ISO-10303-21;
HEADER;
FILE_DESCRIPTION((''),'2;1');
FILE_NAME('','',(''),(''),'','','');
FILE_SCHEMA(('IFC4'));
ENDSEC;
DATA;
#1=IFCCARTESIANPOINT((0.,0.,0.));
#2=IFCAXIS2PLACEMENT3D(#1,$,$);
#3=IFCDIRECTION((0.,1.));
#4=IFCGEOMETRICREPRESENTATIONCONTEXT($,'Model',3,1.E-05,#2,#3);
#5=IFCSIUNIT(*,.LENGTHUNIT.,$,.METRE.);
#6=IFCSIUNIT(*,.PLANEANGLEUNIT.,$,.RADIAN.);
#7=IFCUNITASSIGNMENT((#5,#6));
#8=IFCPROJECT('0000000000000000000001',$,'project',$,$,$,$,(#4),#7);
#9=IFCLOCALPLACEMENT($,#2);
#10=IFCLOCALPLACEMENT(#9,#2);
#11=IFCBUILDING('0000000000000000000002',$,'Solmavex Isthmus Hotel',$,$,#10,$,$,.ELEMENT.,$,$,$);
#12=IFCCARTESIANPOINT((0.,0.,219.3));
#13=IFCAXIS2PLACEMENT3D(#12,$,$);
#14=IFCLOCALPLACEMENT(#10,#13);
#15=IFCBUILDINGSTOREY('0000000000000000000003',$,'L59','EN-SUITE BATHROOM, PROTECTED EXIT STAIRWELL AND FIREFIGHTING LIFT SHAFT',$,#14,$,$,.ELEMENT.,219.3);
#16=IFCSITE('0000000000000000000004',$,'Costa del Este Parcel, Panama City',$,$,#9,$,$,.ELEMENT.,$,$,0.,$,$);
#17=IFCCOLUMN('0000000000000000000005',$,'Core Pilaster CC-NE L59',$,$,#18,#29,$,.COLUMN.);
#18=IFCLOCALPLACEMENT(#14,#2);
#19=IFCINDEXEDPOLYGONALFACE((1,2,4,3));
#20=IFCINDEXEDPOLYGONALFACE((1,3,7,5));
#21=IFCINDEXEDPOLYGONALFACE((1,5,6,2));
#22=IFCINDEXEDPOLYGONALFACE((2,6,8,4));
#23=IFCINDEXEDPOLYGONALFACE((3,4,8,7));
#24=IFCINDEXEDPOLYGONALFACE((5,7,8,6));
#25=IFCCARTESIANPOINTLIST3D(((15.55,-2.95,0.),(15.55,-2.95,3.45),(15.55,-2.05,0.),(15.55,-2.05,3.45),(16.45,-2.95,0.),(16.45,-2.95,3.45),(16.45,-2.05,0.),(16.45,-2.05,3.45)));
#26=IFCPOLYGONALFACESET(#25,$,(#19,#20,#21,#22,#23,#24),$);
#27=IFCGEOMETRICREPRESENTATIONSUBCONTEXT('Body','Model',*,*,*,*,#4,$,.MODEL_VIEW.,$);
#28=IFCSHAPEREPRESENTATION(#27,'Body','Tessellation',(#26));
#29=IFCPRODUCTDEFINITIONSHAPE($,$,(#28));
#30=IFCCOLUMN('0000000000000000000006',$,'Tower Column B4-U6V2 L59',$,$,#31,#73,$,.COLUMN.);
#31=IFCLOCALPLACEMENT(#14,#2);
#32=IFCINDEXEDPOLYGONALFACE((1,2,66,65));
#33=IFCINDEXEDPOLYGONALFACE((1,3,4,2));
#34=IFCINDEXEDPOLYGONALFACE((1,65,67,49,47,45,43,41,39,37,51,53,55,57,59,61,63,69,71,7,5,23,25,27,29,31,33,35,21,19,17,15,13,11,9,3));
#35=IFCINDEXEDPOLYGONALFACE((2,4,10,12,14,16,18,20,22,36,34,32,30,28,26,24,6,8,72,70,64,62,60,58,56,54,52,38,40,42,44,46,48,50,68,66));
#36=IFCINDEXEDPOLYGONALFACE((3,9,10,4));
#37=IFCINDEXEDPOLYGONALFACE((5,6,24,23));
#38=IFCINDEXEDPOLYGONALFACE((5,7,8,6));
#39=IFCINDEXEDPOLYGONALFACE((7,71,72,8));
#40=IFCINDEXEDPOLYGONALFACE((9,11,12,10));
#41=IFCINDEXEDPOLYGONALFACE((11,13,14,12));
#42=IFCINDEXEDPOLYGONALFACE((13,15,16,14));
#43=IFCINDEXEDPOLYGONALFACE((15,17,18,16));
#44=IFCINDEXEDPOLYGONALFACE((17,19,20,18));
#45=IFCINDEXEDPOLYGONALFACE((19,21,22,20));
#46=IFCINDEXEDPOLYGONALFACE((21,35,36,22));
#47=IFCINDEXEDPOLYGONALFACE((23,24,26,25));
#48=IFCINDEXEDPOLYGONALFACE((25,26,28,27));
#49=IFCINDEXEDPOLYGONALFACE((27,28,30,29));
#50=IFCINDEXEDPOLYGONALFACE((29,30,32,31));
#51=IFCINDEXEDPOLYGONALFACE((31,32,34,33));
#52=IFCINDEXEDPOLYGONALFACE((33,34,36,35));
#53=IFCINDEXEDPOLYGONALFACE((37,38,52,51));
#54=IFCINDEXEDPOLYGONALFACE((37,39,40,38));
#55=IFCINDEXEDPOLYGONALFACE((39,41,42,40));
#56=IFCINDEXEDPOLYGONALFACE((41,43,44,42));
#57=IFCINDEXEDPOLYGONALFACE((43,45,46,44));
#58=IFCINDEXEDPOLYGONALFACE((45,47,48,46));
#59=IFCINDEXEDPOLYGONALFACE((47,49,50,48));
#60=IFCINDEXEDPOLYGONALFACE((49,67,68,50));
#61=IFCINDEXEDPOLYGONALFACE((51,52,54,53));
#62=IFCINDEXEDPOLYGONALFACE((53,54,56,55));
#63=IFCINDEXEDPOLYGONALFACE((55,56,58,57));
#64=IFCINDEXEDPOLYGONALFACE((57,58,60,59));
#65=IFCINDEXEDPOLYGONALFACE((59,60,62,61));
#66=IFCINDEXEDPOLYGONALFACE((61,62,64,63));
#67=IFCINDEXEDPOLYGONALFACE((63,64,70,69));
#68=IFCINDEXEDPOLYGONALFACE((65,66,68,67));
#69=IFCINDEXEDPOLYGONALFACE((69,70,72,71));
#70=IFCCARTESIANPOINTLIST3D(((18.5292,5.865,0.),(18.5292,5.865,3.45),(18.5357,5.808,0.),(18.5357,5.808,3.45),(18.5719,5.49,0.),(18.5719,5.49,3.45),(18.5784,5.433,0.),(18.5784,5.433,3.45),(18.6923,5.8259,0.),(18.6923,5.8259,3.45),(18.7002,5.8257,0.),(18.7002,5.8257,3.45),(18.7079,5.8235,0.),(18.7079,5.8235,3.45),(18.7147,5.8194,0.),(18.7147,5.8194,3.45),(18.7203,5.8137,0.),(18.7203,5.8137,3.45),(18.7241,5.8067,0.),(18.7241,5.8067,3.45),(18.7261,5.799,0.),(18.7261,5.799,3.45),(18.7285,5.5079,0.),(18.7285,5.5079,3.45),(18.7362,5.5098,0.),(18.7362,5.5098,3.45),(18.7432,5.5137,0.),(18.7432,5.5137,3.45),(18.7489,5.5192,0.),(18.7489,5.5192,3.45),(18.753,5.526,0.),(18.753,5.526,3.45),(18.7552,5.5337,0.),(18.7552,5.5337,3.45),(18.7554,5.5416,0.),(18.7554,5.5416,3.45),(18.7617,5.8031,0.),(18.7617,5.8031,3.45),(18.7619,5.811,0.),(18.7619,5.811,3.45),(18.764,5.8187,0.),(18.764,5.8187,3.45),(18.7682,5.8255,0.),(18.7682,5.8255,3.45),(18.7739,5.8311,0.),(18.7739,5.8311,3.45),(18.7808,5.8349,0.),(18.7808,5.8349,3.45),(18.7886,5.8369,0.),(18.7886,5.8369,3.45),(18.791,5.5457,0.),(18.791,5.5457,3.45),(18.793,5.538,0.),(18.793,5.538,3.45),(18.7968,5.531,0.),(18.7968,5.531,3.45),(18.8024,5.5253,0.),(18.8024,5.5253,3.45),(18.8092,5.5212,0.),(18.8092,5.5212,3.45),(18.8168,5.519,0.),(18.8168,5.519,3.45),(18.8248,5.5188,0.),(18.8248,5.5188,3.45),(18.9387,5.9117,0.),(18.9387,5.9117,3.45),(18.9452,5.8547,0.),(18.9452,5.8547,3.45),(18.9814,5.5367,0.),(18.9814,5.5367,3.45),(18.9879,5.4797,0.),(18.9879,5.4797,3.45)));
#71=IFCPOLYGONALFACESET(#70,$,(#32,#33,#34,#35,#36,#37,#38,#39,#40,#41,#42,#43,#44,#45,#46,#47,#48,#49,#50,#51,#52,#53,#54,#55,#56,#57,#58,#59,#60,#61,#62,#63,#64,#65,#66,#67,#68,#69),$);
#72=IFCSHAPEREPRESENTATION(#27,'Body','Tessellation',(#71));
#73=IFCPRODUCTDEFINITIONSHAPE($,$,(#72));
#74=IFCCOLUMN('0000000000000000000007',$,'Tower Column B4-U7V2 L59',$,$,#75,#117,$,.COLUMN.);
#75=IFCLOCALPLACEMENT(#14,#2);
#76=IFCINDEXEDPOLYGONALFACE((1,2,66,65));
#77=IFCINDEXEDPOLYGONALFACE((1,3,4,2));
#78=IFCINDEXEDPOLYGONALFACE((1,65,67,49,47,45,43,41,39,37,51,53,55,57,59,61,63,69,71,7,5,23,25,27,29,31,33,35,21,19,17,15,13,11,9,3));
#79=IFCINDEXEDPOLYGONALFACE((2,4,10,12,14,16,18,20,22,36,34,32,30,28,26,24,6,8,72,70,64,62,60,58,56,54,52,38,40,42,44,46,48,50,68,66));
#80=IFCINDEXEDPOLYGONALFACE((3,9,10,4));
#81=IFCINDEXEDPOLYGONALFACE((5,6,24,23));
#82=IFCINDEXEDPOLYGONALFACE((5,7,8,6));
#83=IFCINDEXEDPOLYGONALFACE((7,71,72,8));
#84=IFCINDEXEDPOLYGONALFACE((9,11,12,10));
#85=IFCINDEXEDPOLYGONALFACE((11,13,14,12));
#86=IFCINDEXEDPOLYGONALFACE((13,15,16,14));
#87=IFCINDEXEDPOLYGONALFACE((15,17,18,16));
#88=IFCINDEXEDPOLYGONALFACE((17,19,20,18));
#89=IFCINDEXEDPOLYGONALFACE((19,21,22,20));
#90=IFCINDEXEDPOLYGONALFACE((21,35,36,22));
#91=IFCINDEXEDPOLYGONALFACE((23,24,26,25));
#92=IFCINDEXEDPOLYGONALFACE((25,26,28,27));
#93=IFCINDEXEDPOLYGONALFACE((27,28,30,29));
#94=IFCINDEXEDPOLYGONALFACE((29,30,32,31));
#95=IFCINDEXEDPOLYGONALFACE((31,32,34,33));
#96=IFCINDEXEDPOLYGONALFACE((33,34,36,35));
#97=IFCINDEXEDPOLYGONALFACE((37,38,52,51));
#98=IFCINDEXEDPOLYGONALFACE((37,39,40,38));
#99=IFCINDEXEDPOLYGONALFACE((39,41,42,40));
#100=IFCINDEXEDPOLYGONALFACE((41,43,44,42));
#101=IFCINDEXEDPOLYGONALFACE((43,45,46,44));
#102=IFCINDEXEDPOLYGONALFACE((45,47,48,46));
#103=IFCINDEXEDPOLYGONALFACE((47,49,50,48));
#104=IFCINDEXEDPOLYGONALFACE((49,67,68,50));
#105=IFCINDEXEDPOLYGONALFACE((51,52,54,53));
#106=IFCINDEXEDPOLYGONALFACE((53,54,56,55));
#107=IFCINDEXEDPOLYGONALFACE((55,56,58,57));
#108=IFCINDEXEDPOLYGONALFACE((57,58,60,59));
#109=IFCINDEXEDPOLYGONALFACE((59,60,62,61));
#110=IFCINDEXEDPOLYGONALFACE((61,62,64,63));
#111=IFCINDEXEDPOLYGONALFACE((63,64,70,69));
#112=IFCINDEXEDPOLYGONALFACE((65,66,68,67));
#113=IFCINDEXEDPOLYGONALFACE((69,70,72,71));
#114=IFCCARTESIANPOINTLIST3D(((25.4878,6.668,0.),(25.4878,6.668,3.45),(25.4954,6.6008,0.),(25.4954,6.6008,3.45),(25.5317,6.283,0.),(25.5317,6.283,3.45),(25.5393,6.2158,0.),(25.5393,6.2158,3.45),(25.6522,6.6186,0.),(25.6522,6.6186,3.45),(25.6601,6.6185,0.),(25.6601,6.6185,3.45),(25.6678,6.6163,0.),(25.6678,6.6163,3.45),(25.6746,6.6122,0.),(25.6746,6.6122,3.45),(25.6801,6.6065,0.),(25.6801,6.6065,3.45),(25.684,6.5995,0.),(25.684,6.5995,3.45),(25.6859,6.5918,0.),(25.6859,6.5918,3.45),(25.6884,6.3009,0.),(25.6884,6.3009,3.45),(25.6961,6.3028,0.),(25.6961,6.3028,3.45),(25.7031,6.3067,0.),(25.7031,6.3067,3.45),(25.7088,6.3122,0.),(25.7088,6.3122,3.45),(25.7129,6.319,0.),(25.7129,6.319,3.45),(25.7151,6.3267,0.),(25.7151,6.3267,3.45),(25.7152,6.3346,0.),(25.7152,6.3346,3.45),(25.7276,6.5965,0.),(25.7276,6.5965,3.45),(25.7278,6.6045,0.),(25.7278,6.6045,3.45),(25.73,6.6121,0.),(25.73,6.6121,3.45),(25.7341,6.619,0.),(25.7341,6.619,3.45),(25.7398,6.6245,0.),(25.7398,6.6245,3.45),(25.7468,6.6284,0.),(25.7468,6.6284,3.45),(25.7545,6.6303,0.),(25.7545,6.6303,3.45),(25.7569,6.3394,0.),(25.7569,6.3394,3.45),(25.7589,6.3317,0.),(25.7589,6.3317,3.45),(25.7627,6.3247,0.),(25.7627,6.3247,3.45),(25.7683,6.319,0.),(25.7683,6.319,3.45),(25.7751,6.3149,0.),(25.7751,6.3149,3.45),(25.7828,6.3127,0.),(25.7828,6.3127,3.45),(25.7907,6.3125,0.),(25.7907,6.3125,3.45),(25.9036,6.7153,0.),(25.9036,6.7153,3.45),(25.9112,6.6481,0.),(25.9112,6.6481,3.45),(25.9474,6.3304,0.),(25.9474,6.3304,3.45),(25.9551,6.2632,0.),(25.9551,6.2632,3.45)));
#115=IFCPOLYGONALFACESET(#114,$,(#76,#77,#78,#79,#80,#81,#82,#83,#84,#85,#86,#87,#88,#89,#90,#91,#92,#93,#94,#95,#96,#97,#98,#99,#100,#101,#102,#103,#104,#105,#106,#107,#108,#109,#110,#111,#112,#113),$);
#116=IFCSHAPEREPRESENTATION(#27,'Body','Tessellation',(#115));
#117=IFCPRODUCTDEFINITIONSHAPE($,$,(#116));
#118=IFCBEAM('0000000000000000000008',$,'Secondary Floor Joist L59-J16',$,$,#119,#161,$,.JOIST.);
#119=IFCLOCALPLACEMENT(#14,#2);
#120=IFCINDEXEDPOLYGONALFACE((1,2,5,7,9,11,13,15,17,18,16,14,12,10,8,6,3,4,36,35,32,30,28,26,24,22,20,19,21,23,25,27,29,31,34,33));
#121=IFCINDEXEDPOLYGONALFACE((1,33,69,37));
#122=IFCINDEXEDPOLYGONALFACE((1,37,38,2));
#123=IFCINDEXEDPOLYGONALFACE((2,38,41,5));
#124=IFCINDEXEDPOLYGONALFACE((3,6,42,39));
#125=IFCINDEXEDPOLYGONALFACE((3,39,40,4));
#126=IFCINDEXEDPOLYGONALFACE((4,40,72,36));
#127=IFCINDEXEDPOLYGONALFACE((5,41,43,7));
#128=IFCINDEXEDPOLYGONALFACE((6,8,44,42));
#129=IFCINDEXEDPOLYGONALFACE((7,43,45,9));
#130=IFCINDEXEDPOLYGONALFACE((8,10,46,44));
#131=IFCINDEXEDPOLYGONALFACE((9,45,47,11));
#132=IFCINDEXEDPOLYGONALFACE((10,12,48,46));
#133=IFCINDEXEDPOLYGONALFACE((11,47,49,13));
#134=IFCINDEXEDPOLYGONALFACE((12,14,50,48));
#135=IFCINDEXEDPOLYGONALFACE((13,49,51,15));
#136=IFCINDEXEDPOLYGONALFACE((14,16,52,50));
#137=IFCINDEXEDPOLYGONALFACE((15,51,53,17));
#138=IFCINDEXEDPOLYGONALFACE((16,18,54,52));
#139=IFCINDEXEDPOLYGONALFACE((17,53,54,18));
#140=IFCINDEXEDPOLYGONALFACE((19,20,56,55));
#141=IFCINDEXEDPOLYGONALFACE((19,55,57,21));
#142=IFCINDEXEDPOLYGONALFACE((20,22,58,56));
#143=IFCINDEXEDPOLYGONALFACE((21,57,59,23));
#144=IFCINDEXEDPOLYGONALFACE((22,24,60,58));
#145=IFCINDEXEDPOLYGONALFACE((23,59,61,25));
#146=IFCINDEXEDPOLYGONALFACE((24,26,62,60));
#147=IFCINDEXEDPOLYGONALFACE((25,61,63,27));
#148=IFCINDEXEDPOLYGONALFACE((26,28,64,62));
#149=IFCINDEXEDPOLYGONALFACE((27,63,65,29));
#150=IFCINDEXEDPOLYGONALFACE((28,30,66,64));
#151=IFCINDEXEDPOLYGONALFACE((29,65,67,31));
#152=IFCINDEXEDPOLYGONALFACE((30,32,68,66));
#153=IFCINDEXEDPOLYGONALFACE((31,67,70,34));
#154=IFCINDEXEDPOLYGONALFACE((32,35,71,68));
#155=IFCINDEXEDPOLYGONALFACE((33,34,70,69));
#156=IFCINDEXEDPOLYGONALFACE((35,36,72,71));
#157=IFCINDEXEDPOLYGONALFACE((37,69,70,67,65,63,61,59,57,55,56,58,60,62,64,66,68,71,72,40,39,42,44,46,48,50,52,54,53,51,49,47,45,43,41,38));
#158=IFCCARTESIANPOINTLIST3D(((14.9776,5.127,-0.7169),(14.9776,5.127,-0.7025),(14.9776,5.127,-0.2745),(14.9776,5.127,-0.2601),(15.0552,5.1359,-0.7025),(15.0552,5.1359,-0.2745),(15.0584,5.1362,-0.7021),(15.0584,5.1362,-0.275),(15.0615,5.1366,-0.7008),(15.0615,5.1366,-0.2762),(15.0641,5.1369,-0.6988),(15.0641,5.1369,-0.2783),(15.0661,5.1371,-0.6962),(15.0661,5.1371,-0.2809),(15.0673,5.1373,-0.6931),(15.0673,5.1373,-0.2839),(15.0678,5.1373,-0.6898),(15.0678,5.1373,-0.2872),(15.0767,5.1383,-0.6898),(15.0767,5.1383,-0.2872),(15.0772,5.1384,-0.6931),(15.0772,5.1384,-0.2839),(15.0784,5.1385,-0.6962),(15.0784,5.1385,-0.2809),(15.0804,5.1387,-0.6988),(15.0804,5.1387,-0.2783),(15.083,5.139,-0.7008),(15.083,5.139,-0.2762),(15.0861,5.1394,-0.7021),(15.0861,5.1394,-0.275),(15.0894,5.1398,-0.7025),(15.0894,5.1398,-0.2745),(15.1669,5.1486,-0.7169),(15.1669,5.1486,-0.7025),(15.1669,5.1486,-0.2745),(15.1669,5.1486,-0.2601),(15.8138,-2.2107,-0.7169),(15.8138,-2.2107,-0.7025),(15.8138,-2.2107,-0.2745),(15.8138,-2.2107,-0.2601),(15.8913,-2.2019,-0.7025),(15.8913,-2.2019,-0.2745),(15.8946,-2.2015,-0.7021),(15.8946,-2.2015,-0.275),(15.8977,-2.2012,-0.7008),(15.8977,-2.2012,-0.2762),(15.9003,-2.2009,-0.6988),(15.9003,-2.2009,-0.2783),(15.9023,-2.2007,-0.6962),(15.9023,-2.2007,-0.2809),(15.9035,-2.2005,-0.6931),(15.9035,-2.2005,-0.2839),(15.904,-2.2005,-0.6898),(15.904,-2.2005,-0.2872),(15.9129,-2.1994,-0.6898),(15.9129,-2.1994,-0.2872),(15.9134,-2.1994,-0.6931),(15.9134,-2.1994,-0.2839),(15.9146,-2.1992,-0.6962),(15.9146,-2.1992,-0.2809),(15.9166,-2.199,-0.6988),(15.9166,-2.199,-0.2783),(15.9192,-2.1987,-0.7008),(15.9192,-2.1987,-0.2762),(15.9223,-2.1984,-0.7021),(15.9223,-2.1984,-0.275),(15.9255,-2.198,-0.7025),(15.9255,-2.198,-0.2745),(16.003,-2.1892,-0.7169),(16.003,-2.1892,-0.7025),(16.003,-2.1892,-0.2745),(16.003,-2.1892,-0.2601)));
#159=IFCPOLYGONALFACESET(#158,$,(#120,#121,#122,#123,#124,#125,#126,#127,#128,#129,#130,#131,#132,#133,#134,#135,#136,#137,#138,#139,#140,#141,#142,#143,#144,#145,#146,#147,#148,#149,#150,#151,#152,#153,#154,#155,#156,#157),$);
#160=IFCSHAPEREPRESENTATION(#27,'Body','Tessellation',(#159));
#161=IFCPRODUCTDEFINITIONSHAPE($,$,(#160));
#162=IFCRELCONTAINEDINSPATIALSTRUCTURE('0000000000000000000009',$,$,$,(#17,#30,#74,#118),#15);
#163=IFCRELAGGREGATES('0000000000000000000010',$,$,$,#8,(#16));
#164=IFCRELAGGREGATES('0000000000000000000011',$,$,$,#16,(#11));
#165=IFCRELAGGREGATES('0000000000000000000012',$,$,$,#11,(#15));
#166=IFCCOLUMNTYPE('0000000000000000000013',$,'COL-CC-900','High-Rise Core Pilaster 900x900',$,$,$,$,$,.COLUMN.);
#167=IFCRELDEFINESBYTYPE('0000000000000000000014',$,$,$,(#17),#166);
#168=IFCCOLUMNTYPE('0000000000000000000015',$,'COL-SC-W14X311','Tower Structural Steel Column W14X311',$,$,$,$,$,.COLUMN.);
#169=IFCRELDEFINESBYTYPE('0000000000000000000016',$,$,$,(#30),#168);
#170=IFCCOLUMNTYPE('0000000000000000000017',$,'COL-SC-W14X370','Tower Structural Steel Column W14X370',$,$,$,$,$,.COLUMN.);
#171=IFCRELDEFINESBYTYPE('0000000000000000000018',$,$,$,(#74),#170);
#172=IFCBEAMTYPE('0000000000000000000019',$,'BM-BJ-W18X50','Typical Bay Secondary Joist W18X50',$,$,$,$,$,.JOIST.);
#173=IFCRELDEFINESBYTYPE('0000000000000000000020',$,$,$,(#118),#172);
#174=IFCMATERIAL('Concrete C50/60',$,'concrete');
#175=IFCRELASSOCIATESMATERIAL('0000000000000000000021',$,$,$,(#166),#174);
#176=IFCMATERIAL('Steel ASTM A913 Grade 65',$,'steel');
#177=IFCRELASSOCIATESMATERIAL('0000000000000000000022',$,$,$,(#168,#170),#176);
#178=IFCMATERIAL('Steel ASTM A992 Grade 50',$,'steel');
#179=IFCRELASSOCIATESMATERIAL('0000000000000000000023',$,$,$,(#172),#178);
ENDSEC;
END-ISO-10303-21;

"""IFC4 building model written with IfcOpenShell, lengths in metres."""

from ifc_helpers import new_model, si_unit, direction, frame, origin, origin_2d, place, context, subcontext, project, spatial, rectangle, i_section, extrude, material, material_profile, profile_set, type_object, element, save


model = new_model("IFC4")

# Units and contexts
model_context = context("Model", 3, precision=1e-05, world=origin(), true_north=direction((0.0, 1.0)))
body_context = subcontext(model_context, "Body", "Model", "MODEL_VIEW")
ifc_project = project(units=[si_unit("LENGTHUNIT", "METRE"), si_unit("PLANEANGLEUNIT", "RADIAN")], contexts=[model_context])

# Site, building, storey
site_placement = place(None, origin())
site = spatial("IfcSite", under=ifc_project, at=site_placement, Name="Costa del Este Parcel, Panama City", CompositionType="ELEMENT", RefElevation=0.0)
building_placement = place(site_placement, origin())
building = spatial("IfcBuilding", under=site, at=building_placement, Name="Solmavex Isthmus Hotel", CompositionType="ELEMENT")
storey_placement = place(building_placement, frame((0.0, 0.0, 219.3)))
storey = spatial("IfcBuildingStorey", under=building, at=storey_placement, Name="L59", Description="EN-SUITE BATHROOM, PROTECTED EXIT STAIRWELL AND FIREFIGHTING LIFT SHAFT", CompositionType="ELEMENT", Elevation=219.3)

# Columns
ifc_material_1 = material(Name="Concrete C50/60", Category="concrete")
ifc_material_profile_1 = material_profile(ifc_material_1, rectangle(XDim=0.8999, YDim=0.8999, at=origin_2d()), Name="RC900X900")
ifc_profile_set_1 = profile_set([ifc_material_profile_1], Name="Concrete C50/60")
column_type_1 = type_object("IfcColumnType", Name="COL-CC-900", Description="High-Rise Core Pilaster 900x900", PredefinedType="COLUMN", material=ifc_profile_set_1)
column_1_placement = place(storey_placement, frame((16.0, -2.5, 0.0), z_axis=(0.0, 0.0, 1.0), x_axis=(1.0, 0.0, 0.0)))
element("IfcColumn", 1, at=column_1_placement, inside=storey, type_object=column_type_1, Name="Core Pilaster CC-NE L59", PredefinedType="COLUMN", context=body_context, shape_type="SweptSolid", body=[
    extrude(rectangle(XDim=0.8999, YDim=0.8999, at=origin_2d()), origin(), (0.0, 0.0, 1.0), 3.45),
])
ifc_material_2 = material(Name="Steel ASTM A913 Grade 65", Category="steel")
ifc_material_profile_2 = material_profile(ifc_material_2, i_section(OverallWidth=0.4121, OverallDepth=0.4348, WebThickness=0.0359, FlangeThickness=0.0574, FilletRadius=0.0305, at=origin_2d()), Name="W14X311")
ifc_profile_set_2 = profile_set([ifc_material_profile_2], Name="Steel ASTM A913 Grade 65")
column_type_2 = type_object("IfcColumnType", Name="COL-SC-W14X311", Description="Tower Structural Steel Column W14X311", PredefinedType="COLUMN", material=ifc_profile_set_2)
column_2_placement = place(storey_placement, frame((18.7585, 5.6724, 0.0), z_axis=(0.0, 0.0, 1.0), x_axis=(0.993572, 0.113203, 0.0)))
element("IfcColumn", 2, at=column_2_placement, inside=storey, type_object=column_type_2, Name="Tower Column B4-U6V2 L59", PredefinedType="COLUMN", context=body_context, shape_type="SweptSolid", body=[
    extrude(i_section(OverallWidth=0.4121, OverallDepth=0.4348, WebThickness=0.0359, FlangeThickness=0.0574, FilletRadius=0.0305, at=origin_2d()), origin(), (0.0, 0.0, 1.0), 3.45),
])
ifc_material_profile_3 = material_profile(ifc_material_2, i_section(OverallWidth=0.4185, OverallDepth=0.4551, WebThickness=0.042, FlangeThickness=0.0676, FilletRadius=0.0305, at=origin_2d()), Name="W14X370")
ifc_profile_set_3 = profile_set([ifc_material_profile_3], Name="Steel ASTM A913 Grade 65")
column_type_3 = type_object("IfcColumnType", Name="COL-SC-W14X370", Description="Tower Structural Steel Column W14X370", PredefinedType="COLUMN", material=ifc_profile_set_3)
column_3_placement = place(storey_placement, frame((25.7214, 6.4656, 0.0), z_axis=(0.0, 0.0, 1.0), x_axis=(0.993572, 0.113203, 0.0)))
element("IfcColumn", 3, at=column_3_placement, inside=storey, type_object=column_type_3, Name="Tower Column B4-U7V2 L59", PredefinedType="COLUMN", context=body_context, shape_type="SweptSolid", body=[
    extrude(i_section(OverallWidth=0.4185, OverallDepth=0.4551, WebThickness=0.042, FlangeThickness=0.0676, FilletRadius=0.0305, at=origin_2d()), origin(), (0.0, 0.0, 1.0), 3.45),
])

# Beam
ifc_material_3 = material(Name="Steel ASTM A992 Grade 50", Category="steel")
ifc_material_profile_4 = material_profile(ifc_material_3, i_section(OverallWidth=0.1904, OverallDepth=0.4568, WebThickness=0.009, FlangeThickness=0.0144, FilletRadius=0.0127, at=origin_2d()), Name="W18X50")
ifc_profile_set_4 = profile_set([ifc_material_profile_4], Name="Steel ASTM A992 Grade 50")
beam_type_1 = type_object("IfcBeamType", Name="BM-BJ-W18X50", Description="Typical Bay Secondary Joist W18X50", PredefinedType="JOIST", material=ifc_profile_set_4)
beam_1_placement = place(storey_placement, frame((15.9084, -2.2, -0.4885), z_axis=(-0.113225, 0.993569, 0.0), x_axis=(-0.993569, -0.113225, 0.0)))
element("IfcBeam", 4, at=beam_1_placement, inside=storey, type_object=beam_type_1, Name="Secondary Floor Joist L59-J16", PredefinedType="JOIST", context=body_context, shape_type="SweptSolid", body=[
    extrude(i_section(OverallWidth=0.1904, OverallDepth=0.4568, WebThickness=0.009, FlangeThickness=0.0144, FilletRadius=0.0127, at=origin_2d()), origin(), (0.0, 0.0, 1.0), 7.3853),
])

save(model, "model.ifc")
